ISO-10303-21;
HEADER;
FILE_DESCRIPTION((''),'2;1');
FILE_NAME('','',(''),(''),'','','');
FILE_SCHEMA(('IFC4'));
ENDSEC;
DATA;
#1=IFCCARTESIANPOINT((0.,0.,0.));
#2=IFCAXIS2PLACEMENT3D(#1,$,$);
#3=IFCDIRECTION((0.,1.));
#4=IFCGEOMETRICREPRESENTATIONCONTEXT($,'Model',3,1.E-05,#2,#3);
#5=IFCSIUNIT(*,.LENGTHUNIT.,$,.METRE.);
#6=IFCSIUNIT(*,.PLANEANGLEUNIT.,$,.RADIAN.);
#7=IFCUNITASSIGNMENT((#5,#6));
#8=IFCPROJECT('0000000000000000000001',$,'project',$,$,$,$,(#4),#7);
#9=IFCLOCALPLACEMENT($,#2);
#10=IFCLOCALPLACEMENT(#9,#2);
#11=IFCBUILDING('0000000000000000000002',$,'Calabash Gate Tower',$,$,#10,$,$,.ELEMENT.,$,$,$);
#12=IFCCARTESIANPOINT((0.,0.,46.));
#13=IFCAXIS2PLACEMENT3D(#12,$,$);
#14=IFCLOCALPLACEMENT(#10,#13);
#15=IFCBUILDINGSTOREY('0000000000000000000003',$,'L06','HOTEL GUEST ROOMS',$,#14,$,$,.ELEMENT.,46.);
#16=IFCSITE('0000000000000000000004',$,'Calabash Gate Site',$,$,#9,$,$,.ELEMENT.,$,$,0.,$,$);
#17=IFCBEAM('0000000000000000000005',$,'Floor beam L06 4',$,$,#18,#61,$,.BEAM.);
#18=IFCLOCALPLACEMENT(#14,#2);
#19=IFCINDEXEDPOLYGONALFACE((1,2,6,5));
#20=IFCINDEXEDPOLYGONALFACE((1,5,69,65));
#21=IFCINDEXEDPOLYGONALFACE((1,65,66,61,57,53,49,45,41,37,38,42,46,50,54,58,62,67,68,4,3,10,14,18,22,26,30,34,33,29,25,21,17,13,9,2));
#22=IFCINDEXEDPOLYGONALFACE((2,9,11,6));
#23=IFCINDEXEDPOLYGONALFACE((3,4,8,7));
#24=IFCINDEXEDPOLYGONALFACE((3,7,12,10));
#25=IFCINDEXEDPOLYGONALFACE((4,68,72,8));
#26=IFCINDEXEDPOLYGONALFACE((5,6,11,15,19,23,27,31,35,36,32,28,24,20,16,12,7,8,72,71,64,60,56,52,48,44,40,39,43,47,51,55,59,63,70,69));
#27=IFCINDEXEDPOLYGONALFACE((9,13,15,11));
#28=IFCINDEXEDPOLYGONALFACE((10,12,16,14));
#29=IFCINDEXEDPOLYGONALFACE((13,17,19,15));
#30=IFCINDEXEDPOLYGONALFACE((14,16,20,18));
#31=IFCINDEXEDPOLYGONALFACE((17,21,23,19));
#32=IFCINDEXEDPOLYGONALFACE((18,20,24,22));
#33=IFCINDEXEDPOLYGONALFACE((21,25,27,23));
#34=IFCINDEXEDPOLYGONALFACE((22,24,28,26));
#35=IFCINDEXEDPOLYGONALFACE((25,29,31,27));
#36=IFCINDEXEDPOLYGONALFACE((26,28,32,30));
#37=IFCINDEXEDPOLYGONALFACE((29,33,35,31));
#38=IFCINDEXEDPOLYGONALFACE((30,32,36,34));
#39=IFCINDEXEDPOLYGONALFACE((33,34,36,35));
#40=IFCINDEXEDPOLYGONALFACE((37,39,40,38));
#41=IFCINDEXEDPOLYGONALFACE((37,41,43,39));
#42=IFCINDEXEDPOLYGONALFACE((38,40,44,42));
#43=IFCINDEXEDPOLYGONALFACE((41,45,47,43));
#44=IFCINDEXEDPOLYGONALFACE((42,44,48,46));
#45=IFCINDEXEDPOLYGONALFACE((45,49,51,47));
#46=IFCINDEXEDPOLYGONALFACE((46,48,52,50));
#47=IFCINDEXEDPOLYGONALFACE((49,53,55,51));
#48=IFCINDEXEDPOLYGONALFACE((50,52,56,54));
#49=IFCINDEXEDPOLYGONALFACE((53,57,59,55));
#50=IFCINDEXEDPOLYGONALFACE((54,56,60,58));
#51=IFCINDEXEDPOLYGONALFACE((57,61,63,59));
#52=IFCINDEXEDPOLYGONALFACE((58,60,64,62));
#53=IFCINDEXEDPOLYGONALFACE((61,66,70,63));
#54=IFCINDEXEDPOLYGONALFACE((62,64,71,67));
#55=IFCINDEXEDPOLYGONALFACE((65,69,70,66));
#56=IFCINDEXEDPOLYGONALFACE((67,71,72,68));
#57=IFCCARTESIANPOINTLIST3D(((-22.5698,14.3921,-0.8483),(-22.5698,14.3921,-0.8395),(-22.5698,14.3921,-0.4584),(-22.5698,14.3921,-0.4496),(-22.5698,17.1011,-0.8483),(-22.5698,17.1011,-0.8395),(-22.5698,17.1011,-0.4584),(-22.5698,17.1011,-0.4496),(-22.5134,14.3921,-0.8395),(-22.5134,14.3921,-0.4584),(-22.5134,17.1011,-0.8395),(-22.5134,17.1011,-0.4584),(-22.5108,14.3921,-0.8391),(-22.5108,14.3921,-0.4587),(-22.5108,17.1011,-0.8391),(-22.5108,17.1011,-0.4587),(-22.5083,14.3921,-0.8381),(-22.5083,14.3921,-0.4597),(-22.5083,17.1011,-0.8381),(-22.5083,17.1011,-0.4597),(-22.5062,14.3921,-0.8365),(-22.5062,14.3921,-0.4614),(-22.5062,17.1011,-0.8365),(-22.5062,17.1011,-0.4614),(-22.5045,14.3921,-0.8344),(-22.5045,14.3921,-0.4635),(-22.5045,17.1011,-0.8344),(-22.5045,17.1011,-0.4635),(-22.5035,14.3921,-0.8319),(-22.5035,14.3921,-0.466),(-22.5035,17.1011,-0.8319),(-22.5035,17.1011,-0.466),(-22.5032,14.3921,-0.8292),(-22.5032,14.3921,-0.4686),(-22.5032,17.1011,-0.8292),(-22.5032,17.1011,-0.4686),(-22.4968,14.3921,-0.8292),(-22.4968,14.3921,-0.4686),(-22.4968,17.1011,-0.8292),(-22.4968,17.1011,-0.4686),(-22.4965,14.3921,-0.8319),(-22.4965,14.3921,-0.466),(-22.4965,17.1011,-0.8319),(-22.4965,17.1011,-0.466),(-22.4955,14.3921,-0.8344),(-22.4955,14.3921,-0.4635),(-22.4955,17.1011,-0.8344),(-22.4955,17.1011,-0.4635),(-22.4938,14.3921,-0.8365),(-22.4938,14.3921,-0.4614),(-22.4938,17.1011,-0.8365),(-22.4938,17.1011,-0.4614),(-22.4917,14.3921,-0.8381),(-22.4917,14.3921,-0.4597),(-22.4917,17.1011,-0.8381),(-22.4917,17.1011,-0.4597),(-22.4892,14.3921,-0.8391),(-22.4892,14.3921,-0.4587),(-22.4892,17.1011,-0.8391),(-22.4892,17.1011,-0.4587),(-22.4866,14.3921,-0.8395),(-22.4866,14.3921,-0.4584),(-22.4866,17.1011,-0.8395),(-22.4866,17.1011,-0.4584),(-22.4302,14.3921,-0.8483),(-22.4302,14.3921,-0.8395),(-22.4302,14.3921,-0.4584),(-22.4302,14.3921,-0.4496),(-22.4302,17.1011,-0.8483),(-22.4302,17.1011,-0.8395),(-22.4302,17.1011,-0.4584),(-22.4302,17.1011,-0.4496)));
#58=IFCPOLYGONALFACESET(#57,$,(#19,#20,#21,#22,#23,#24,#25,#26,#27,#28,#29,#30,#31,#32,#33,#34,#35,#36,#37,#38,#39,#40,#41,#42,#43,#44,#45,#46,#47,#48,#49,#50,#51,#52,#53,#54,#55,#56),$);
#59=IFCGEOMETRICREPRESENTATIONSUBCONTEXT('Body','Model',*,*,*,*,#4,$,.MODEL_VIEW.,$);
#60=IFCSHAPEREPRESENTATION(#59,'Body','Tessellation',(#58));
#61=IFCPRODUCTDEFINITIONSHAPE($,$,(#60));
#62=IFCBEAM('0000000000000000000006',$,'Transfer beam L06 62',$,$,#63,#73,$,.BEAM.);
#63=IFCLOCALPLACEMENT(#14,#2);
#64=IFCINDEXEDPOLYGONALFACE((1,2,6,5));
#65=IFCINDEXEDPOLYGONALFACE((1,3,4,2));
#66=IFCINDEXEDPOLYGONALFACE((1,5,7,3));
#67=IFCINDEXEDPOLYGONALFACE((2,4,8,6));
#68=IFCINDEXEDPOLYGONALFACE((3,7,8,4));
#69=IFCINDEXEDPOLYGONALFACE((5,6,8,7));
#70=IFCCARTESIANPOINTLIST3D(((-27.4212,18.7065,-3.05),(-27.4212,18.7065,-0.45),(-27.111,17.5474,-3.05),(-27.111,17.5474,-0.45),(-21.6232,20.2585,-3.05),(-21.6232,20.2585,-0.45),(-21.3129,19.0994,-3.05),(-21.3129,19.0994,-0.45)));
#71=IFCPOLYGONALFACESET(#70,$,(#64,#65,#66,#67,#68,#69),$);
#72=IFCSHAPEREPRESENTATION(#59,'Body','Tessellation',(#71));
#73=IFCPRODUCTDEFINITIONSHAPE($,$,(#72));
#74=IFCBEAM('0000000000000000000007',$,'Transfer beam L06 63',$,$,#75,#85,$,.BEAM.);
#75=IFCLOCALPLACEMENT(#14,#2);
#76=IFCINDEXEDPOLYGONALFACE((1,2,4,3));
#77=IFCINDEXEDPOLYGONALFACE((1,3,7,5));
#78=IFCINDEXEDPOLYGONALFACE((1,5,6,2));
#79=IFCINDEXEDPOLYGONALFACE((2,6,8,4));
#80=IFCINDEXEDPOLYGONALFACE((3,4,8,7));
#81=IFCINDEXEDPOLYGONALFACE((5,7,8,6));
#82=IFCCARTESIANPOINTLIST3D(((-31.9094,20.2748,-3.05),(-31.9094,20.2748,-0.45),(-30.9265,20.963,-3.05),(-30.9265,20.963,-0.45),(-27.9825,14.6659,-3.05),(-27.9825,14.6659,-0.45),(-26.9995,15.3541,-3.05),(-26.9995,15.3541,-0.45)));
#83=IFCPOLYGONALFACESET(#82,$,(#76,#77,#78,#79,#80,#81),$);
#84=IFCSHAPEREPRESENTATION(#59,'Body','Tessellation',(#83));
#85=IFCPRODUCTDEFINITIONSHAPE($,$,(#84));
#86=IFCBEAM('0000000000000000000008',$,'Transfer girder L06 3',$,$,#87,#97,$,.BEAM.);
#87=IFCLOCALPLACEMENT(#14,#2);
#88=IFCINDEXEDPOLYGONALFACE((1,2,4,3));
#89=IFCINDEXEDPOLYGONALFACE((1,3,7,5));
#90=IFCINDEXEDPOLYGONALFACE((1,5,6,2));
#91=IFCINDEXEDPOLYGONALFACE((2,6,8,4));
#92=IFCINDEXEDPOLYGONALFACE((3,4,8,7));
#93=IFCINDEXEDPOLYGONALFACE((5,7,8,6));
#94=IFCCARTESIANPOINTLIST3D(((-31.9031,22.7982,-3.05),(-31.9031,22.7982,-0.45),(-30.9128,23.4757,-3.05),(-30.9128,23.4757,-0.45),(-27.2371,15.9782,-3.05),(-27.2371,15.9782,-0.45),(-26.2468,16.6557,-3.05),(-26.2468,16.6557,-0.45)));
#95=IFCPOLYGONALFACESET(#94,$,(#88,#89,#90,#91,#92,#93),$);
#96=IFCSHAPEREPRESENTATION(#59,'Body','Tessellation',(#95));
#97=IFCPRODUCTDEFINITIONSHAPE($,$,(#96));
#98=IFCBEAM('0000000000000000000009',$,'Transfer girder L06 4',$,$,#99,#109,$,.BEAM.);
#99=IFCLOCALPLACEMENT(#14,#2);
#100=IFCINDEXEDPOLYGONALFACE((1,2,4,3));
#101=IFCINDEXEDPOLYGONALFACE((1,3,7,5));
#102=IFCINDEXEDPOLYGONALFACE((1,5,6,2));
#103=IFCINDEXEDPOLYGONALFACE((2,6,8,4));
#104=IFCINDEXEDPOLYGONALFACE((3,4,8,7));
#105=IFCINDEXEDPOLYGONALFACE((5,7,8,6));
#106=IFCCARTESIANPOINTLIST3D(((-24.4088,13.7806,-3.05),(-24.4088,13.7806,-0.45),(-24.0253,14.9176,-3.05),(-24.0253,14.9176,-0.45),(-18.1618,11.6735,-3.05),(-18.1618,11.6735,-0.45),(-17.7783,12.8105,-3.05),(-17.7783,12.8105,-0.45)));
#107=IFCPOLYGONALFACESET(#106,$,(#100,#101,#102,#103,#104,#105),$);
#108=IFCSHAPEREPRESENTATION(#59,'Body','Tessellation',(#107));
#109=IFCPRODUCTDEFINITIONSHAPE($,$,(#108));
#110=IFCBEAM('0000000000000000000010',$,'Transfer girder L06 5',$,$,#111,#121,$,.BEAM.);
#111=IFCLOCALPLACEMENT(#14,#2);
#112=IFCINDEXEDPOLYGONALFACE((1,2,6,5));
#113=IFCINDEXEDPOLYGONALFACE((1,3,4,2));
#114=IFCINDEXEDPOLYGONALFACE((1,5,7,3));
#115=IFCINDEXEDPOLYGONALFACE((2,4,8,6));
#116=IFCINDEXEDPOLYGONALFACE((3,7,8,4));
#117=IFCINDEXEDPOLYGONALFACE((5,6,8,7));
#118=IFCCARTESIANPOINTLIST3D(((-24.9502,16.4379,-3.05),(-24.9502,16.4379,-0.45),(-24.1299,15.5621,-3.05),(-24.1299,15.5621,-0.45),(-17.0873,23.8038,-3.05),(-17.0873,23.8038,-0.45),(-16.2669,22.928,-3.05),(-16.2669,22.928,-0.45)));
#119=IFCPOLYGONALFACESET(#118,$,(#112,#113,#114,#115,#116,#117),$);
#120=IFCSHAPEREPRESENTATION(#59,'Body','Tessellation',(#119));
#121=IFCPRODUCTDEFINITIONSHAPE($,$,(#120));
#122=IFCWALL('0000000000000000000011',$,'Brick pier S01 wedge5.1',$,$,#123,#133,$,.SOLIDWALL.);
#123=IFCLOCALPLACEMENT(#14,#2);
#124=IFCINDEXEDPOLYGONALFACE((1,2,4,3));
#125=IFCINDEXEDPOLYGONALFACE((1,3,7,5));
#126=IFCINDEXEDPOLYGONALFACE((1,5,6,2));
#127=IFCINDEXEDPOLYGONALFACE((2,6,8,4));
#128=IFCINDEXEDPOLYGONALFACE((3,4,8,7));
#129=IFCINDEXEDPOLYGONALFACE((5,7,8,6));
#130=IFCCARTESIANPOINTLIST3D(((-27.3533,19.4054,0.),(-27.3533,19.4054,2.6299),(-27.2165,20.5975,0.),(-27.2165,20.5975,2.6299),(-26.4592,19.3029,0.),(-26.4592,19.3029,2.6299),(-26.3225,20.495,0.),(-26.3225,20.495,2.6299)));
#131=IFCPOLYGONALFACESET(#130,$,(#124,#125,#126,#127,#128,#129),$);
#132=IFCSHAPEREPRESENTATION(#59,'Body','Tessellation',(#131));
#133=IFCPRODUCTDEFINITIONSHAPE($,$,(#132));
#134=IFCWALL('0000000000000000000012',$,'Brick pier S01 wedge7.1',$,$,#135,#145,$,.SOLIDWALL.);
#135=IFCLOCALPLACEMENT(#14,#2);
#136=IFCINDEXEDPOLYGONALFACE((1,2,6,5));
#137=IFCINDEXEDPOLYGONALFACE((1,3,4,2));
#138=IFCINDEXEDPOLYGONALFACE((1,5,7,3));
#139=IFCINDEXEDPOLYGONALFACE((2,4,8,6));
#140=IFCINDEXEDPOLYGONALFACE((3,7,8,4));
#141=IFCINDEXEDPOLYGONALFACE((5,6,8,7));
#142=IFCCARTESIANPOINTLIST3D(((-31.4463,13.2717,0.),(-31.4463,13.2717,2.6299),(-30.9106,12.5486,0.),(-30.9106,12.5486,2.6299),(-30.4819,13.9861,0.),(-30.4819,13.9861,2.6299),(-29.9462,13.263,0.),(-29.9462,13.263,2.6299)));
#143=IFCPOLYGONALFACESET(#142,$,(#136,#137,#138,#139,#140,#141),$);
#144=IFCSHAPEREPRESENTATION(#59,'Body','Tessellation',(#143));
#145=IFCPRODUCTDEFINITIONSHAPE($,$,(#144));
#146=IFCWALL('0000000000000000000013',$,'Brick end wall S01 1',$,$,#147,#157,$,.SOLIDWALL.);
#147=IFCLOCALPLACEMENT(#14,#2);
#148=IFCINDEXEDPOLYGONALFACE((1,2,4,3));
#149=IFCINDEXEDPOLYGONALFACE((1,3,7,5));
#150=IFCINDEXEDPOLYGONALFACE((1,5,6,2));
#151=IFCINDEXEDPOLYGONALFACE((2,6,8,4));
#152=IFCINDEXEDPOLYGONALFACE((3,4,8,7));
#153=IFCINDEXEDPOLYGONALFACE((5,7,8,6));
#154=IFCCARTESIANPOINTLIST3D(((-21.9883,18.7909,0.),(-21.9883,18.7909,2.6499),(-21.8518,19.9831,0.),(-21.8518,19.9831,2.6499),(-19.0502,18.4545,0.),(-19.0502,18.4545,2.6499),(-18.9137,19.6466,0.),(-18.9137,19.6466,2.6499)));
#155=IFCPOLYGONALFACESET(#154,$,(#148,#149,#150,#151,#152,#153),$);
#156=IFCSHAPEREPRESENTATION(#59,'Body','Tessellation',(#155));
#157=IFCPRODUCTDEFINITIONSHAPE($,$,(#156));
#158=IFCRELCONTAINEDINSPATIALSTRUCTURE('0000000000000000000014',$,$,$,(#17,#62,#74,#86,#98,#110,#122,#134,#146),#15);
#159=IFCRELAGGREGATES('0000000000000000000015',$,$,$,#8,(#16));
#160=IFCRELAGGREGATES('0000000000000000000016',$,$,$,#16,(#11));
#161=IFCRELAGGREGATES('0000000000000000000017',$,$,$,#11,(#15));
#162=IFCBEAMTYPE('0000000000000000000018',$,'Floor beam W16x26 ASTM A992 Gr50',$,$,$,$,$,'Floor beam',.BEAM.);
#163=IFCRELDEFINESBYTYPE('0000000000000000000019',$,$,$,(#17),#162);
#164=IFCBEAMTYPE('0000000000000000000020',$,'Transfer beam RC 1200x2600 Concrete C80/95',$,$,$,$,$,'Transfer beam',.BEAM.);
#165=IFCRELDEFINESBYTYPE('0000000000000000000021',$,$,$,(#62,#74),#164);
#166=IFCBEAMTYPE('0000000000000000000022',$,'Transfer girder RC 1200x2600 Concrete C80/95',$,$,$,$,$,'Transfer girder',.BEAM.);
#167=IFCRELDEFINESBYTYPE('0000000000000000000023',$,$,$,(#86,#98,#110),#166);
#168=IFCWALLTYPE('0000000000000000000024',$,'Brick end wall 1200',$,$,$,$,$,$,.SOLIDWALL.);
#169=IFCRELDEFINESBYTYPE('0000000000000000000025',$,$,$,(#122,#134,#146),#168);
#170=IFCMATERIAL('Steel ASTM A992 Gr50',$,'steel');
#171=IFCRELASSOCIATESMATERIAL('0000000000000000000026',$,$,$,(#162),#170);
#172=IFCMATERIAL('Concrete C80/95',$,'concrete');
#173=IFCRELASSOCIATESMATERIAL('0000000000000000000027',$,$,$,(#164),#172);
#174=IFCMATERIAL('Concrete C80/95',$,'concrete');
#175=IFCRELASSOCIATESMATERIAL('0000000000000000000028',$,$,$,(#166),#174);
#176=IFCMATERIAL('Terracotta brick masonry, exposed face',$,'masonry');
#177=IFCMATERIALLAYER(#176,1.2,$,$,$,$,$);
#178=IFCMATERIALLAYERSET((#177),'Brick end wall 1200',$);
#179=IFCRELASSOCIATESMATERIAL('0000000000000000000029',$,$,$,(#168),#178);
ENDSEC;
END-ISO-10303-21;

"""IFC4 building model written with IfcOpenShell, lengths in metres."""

from ifc_helpers import new_model, si_unit, direction, frame, frame_2d, origin, origin_2d, place, context, subcontext, project, spatial, rectangle, i_section, extrude, material, layer, layer_set, material_profile, profile_set, type_object, element, save


model = new_model("IFC4")

# Units and contexts
model_context = context("Model", 3, precision=1e-05, world=origin(), true_north=direction((0.0, 1.0)))
body_context = subcontext(model_context, "Body", "Model", "MODEL_VIEW")
ifc_project = project(units=[si_unit("LENGTHUNIT", "METRE"), si_unit("PLANEANGLEUNIT", "RADIAN")], contexts=[model_context])

# Site, building, storey
site_placement = place(None, origin())
site = spatial("IfcSite", under=ifc_project, at=site_placement, Name="Calabash Gate Site", CompositionType="ELEMENT", RefElevation=0.0)
building_placement = place(site_placement, origin())
building = spatial("IfcBuilding", under=site, at=building_placement, Name="Calabash Gate Tower", CompositionType="ELEMENT")
storey_placement = place(building_placement, frame((0.0, 0.0, 46.0)))
storey = spatial("IfcBuildingStorey", under=building, at=storey_placement, Name="L06", Description="HOTEL GUEST ROOMS", CompositionType="ELEMENT", Elevation=46.0)

# Beams
ifc_material_1 = material(Name="Steel ASTM A992 Gr50", Category="steel")
ifc_material_profile_1 = material_profile(ifc_material_1, i_section(OverallWidth=0.1396, OverallDepth=0.3987, WebThickness=0.0063, FlangeThickness=0.0088, FilletRadius=0.0103, at=origin_2d()))
ifc_profile_set_1 = profile_set([ifc_material_profile_1], Name="Steel ASTM A992 Gr50")
beam_type_1 = type_object("IfcBeamType", Name="Floor beam W16x26 ASTM A992 Gr50", ElementType="Floor beam", PredefinedType="BEAM", material=ifc_profile_set_1)
beam_1_placement = place(storey_placement, frame((-22.5, 14.3921, -0.6489), z_axis=(0.0, 1.0, 0.0), x_axis=(-1.0, 0.0, 0.0)))
element("IfcBeam", 1, at=beam_1_placement, inside=storey, type_object=beam_type_1, Name="Floor beam L06 4", PredefinedType="BEAM", context=body_context, shape_type="SweptSolid", body=[
    extrude(i_section(OverallWidth=0.1396, OverallDepth=0.3987, WebThickness=0.0063, FlangeThickness=0.0088, FilletRadius=0.0103, at=origin_2d()), origin(), (0.0, 0.0, 1.0), 2.709),
])
ifc_material_2 = material(Name="Concrete C80/95", Category="concrete")
ifc_material_profile_2 = material_profile(ifc_material_2, rectangle(XDim=1.2, YDim=2.6001, at=origin_2d()))
ifc_profile_set_2 = profile_set([ifc_material_profile_2], Name="Concrete C80/95")
beam_type_2 = type_object("IfcBeamType", Name="Transfer beam RC 1200x2600 Concrete C80/95", ElementType="Transfer beam", PredefinedType="BEAM", material=ifc_profile_set_2)
beam_2_placement = place(storey_placement, frame((-27.2661, 18.127, -1.75), z_axis=(0.965992, 0.258571, 0.0), x_axis=(-0.258571, 0.965992, 0.0)))
element("IfcBeam", 2, at=beam_2_placement, inside=storey, type_object=beam_type_2, Name="Transfer beam L06 62", PredefinedType="BEAM", context=body_context, shape_type="SweptSolid", body=[
    extrude(rectangle(XDim=1.2, YDim=2.6001, at=origin_2d()), origin(), (0.0, 0.0, 1.0), 6.0022),
])
beam_3_placement = place(storey_placement, frame((-27.491, 15.01, -1.75), z_axis=(-0.573539, 0.819178, 0.0), x_axis=(-0.819178, -0.573539, 0.0)))
element("IfcBeam", 3, at=beam_3_placement, inside=storey, type_object=beam_type_2, Name="Transfer beam L06 63", PredefinedType="BEAM", context=body_context, shape_type="SweptSolid", body=[
    extrude(rectangle(XDim=1.2, YDim=2.6001, at=origin_2d()), origin(), (0.0, 0.0, 1.0), 6.8469),
])
ifc_material_3 = material(Name="Concrete C80/95", Category="concrete")
ifc_material_profile_3 = material_profile(ifc_material_3, rectangle(XDim=1.2, YDim=2.6001, at=origin_2d()))
ifc_profile_set_3 = profile_set([ifc_material_profile_3], Name="Concrete C80/95")
beam_type_3 = type_object("IfcBeamType", Name="Transfer girder RC 1200x2600 Concrete C80/95", ElementType="Transfer girder", PredefinedType="BEAM", material=ifc_profile_set_3)
beam_4_placement = place(storey_placement, frame((-31.408, 23.137, -1.75), z_axis=(0.564655, -0.825327, 0.0), x_axis=(0.825327, 0.564655, 0.0)))
element("IfcBeam", 4, at=beam_4_placement, inside=storey, type_object=beam_type_3, Name="Transfer girder L06 3", PredefinedType="BEAM", context=body_context, shape_type="SweptSolid", body=[
    extrude(rectangle(XDim=1.2, YDim=2.6001, at=origin_2d()), origin(), (0.0, 0.0, 1.0), 8.2634),
])
beam_5_placement = place(storey_placement, frame((-24.217, 14.3491, -1.75), z_axis=(0.947548, -0.319614, 0.0), x_axis=(0.319614, 0.947548, 0.0)))
element("IfcBeam", 5, at=beam_5_placement, inside=storey, type_object=beam_type_3, Name="Transfer girder L06 4", PredefinedType="BEAM", context=body_context, shape_type="SweptSolid", body=[
    extrude(rectangle(XDim=1.2, YDim=2.6001, at=origin_2d()), origin(), (0.0, 0.0, 1.0), 6.5928),
])
beam_6_placement = place(storey_placement, frame((-24.54, 16.0, -1.75), z_axis=(0.729798, 0.683663, 0.0), x_axis=(-0.683663, 0.729798, 0.0)))
element("IfcBeam", 6, at=beam_6_placement, inside=storey, type_object=beam_type_3, Name="Transfer girder L06 5", PredefinedType="BEAM", context=body_context, shape_type="SweptSolid", body=[
    extrude(rectangle(XDim=1.2, YDim=2.6001, at=origin_2d()), origin(), (0.0, 0.0, 1.0), 10.7742),
])

# Walls
ifc_material_4 = material(Name="Terracotta brick masonry, exposed face", Category="masonry")
ifc_layer_1 = layer(ifc_material_4, 1.2)
ifc_layer_set_1 = layer_set([ifc_layer_1], Name="Brick end wall 1200")
wall_type_1 = type_object("IfcWallType", Name="Brick end wall 1200", PredefinedType="SOLIDWALL", material=ifc_layer_set_1)
wall_1_placement = place(storey_placement, frame((-26.9062, 19.354, 0.0), z_axis=(0.0, 0.0, 1.0), x_axis=(0.113937, 0.993488, 0.0)))
element("IfcWall", 7, at=wall_1_placement, inside=storey, type_object=wall_type_1, Name="Brick pier S01 wedge5.1", PredefinedType="SOLIDWALL", context=body_context, shape_type="SweptSolid", body=[
    extrude(rectangle(XDim=1.2, YDim=0.8999, at=frame_2d((0.6001, 0.0))), origin(), (0.0, 0.0, 1.0), 2.6299),
])
wall_2_placement = place(storey_placement, frame((-31.1785, 12.9102, 0.0), z_axis=(0.0, 0.0, 1.0), x_axis=(0.80355, 0.595237, 0.0)))
element("IfcWall", 8, at=wall_2_placement, inside=storey, type_object=wall_type_1, Name="Brick pier S01 wedge7.1", PredefinedType="SOLIDWALL", context=body_context, shape_type="SweptSolid", body=[
    extrude(rectangle(XDim=1.2002, YDim=0.8999, at=frame_2d((0.6001, 0.0))), origin(), (0.0, 0.0, 1.0), 2.6299),
])
wall_3_placement = place(storey_placement, frame((-21.9199, 19.387, 0.0), z_axis=(0.0, 0.0, 1.0), x_axis=(0.993508, -0.113765, 0.0)))
element("IfcWall", 9, at=wall_3_placement, inside=storey, type_object=wall_type_1, Name="Brick end wall S01 1", PredefinedType="SOLIDWALL", context=body_context, shape_type="SweptSolid", body=[
    extrude(rectangle(XDim=2.9573, YDim=1.2, at=frame_2d((1.4785, 0.0))), origin(), (0.0, 0.0, 1.0), 2.6499),
])

save(model, "model.ifc")
